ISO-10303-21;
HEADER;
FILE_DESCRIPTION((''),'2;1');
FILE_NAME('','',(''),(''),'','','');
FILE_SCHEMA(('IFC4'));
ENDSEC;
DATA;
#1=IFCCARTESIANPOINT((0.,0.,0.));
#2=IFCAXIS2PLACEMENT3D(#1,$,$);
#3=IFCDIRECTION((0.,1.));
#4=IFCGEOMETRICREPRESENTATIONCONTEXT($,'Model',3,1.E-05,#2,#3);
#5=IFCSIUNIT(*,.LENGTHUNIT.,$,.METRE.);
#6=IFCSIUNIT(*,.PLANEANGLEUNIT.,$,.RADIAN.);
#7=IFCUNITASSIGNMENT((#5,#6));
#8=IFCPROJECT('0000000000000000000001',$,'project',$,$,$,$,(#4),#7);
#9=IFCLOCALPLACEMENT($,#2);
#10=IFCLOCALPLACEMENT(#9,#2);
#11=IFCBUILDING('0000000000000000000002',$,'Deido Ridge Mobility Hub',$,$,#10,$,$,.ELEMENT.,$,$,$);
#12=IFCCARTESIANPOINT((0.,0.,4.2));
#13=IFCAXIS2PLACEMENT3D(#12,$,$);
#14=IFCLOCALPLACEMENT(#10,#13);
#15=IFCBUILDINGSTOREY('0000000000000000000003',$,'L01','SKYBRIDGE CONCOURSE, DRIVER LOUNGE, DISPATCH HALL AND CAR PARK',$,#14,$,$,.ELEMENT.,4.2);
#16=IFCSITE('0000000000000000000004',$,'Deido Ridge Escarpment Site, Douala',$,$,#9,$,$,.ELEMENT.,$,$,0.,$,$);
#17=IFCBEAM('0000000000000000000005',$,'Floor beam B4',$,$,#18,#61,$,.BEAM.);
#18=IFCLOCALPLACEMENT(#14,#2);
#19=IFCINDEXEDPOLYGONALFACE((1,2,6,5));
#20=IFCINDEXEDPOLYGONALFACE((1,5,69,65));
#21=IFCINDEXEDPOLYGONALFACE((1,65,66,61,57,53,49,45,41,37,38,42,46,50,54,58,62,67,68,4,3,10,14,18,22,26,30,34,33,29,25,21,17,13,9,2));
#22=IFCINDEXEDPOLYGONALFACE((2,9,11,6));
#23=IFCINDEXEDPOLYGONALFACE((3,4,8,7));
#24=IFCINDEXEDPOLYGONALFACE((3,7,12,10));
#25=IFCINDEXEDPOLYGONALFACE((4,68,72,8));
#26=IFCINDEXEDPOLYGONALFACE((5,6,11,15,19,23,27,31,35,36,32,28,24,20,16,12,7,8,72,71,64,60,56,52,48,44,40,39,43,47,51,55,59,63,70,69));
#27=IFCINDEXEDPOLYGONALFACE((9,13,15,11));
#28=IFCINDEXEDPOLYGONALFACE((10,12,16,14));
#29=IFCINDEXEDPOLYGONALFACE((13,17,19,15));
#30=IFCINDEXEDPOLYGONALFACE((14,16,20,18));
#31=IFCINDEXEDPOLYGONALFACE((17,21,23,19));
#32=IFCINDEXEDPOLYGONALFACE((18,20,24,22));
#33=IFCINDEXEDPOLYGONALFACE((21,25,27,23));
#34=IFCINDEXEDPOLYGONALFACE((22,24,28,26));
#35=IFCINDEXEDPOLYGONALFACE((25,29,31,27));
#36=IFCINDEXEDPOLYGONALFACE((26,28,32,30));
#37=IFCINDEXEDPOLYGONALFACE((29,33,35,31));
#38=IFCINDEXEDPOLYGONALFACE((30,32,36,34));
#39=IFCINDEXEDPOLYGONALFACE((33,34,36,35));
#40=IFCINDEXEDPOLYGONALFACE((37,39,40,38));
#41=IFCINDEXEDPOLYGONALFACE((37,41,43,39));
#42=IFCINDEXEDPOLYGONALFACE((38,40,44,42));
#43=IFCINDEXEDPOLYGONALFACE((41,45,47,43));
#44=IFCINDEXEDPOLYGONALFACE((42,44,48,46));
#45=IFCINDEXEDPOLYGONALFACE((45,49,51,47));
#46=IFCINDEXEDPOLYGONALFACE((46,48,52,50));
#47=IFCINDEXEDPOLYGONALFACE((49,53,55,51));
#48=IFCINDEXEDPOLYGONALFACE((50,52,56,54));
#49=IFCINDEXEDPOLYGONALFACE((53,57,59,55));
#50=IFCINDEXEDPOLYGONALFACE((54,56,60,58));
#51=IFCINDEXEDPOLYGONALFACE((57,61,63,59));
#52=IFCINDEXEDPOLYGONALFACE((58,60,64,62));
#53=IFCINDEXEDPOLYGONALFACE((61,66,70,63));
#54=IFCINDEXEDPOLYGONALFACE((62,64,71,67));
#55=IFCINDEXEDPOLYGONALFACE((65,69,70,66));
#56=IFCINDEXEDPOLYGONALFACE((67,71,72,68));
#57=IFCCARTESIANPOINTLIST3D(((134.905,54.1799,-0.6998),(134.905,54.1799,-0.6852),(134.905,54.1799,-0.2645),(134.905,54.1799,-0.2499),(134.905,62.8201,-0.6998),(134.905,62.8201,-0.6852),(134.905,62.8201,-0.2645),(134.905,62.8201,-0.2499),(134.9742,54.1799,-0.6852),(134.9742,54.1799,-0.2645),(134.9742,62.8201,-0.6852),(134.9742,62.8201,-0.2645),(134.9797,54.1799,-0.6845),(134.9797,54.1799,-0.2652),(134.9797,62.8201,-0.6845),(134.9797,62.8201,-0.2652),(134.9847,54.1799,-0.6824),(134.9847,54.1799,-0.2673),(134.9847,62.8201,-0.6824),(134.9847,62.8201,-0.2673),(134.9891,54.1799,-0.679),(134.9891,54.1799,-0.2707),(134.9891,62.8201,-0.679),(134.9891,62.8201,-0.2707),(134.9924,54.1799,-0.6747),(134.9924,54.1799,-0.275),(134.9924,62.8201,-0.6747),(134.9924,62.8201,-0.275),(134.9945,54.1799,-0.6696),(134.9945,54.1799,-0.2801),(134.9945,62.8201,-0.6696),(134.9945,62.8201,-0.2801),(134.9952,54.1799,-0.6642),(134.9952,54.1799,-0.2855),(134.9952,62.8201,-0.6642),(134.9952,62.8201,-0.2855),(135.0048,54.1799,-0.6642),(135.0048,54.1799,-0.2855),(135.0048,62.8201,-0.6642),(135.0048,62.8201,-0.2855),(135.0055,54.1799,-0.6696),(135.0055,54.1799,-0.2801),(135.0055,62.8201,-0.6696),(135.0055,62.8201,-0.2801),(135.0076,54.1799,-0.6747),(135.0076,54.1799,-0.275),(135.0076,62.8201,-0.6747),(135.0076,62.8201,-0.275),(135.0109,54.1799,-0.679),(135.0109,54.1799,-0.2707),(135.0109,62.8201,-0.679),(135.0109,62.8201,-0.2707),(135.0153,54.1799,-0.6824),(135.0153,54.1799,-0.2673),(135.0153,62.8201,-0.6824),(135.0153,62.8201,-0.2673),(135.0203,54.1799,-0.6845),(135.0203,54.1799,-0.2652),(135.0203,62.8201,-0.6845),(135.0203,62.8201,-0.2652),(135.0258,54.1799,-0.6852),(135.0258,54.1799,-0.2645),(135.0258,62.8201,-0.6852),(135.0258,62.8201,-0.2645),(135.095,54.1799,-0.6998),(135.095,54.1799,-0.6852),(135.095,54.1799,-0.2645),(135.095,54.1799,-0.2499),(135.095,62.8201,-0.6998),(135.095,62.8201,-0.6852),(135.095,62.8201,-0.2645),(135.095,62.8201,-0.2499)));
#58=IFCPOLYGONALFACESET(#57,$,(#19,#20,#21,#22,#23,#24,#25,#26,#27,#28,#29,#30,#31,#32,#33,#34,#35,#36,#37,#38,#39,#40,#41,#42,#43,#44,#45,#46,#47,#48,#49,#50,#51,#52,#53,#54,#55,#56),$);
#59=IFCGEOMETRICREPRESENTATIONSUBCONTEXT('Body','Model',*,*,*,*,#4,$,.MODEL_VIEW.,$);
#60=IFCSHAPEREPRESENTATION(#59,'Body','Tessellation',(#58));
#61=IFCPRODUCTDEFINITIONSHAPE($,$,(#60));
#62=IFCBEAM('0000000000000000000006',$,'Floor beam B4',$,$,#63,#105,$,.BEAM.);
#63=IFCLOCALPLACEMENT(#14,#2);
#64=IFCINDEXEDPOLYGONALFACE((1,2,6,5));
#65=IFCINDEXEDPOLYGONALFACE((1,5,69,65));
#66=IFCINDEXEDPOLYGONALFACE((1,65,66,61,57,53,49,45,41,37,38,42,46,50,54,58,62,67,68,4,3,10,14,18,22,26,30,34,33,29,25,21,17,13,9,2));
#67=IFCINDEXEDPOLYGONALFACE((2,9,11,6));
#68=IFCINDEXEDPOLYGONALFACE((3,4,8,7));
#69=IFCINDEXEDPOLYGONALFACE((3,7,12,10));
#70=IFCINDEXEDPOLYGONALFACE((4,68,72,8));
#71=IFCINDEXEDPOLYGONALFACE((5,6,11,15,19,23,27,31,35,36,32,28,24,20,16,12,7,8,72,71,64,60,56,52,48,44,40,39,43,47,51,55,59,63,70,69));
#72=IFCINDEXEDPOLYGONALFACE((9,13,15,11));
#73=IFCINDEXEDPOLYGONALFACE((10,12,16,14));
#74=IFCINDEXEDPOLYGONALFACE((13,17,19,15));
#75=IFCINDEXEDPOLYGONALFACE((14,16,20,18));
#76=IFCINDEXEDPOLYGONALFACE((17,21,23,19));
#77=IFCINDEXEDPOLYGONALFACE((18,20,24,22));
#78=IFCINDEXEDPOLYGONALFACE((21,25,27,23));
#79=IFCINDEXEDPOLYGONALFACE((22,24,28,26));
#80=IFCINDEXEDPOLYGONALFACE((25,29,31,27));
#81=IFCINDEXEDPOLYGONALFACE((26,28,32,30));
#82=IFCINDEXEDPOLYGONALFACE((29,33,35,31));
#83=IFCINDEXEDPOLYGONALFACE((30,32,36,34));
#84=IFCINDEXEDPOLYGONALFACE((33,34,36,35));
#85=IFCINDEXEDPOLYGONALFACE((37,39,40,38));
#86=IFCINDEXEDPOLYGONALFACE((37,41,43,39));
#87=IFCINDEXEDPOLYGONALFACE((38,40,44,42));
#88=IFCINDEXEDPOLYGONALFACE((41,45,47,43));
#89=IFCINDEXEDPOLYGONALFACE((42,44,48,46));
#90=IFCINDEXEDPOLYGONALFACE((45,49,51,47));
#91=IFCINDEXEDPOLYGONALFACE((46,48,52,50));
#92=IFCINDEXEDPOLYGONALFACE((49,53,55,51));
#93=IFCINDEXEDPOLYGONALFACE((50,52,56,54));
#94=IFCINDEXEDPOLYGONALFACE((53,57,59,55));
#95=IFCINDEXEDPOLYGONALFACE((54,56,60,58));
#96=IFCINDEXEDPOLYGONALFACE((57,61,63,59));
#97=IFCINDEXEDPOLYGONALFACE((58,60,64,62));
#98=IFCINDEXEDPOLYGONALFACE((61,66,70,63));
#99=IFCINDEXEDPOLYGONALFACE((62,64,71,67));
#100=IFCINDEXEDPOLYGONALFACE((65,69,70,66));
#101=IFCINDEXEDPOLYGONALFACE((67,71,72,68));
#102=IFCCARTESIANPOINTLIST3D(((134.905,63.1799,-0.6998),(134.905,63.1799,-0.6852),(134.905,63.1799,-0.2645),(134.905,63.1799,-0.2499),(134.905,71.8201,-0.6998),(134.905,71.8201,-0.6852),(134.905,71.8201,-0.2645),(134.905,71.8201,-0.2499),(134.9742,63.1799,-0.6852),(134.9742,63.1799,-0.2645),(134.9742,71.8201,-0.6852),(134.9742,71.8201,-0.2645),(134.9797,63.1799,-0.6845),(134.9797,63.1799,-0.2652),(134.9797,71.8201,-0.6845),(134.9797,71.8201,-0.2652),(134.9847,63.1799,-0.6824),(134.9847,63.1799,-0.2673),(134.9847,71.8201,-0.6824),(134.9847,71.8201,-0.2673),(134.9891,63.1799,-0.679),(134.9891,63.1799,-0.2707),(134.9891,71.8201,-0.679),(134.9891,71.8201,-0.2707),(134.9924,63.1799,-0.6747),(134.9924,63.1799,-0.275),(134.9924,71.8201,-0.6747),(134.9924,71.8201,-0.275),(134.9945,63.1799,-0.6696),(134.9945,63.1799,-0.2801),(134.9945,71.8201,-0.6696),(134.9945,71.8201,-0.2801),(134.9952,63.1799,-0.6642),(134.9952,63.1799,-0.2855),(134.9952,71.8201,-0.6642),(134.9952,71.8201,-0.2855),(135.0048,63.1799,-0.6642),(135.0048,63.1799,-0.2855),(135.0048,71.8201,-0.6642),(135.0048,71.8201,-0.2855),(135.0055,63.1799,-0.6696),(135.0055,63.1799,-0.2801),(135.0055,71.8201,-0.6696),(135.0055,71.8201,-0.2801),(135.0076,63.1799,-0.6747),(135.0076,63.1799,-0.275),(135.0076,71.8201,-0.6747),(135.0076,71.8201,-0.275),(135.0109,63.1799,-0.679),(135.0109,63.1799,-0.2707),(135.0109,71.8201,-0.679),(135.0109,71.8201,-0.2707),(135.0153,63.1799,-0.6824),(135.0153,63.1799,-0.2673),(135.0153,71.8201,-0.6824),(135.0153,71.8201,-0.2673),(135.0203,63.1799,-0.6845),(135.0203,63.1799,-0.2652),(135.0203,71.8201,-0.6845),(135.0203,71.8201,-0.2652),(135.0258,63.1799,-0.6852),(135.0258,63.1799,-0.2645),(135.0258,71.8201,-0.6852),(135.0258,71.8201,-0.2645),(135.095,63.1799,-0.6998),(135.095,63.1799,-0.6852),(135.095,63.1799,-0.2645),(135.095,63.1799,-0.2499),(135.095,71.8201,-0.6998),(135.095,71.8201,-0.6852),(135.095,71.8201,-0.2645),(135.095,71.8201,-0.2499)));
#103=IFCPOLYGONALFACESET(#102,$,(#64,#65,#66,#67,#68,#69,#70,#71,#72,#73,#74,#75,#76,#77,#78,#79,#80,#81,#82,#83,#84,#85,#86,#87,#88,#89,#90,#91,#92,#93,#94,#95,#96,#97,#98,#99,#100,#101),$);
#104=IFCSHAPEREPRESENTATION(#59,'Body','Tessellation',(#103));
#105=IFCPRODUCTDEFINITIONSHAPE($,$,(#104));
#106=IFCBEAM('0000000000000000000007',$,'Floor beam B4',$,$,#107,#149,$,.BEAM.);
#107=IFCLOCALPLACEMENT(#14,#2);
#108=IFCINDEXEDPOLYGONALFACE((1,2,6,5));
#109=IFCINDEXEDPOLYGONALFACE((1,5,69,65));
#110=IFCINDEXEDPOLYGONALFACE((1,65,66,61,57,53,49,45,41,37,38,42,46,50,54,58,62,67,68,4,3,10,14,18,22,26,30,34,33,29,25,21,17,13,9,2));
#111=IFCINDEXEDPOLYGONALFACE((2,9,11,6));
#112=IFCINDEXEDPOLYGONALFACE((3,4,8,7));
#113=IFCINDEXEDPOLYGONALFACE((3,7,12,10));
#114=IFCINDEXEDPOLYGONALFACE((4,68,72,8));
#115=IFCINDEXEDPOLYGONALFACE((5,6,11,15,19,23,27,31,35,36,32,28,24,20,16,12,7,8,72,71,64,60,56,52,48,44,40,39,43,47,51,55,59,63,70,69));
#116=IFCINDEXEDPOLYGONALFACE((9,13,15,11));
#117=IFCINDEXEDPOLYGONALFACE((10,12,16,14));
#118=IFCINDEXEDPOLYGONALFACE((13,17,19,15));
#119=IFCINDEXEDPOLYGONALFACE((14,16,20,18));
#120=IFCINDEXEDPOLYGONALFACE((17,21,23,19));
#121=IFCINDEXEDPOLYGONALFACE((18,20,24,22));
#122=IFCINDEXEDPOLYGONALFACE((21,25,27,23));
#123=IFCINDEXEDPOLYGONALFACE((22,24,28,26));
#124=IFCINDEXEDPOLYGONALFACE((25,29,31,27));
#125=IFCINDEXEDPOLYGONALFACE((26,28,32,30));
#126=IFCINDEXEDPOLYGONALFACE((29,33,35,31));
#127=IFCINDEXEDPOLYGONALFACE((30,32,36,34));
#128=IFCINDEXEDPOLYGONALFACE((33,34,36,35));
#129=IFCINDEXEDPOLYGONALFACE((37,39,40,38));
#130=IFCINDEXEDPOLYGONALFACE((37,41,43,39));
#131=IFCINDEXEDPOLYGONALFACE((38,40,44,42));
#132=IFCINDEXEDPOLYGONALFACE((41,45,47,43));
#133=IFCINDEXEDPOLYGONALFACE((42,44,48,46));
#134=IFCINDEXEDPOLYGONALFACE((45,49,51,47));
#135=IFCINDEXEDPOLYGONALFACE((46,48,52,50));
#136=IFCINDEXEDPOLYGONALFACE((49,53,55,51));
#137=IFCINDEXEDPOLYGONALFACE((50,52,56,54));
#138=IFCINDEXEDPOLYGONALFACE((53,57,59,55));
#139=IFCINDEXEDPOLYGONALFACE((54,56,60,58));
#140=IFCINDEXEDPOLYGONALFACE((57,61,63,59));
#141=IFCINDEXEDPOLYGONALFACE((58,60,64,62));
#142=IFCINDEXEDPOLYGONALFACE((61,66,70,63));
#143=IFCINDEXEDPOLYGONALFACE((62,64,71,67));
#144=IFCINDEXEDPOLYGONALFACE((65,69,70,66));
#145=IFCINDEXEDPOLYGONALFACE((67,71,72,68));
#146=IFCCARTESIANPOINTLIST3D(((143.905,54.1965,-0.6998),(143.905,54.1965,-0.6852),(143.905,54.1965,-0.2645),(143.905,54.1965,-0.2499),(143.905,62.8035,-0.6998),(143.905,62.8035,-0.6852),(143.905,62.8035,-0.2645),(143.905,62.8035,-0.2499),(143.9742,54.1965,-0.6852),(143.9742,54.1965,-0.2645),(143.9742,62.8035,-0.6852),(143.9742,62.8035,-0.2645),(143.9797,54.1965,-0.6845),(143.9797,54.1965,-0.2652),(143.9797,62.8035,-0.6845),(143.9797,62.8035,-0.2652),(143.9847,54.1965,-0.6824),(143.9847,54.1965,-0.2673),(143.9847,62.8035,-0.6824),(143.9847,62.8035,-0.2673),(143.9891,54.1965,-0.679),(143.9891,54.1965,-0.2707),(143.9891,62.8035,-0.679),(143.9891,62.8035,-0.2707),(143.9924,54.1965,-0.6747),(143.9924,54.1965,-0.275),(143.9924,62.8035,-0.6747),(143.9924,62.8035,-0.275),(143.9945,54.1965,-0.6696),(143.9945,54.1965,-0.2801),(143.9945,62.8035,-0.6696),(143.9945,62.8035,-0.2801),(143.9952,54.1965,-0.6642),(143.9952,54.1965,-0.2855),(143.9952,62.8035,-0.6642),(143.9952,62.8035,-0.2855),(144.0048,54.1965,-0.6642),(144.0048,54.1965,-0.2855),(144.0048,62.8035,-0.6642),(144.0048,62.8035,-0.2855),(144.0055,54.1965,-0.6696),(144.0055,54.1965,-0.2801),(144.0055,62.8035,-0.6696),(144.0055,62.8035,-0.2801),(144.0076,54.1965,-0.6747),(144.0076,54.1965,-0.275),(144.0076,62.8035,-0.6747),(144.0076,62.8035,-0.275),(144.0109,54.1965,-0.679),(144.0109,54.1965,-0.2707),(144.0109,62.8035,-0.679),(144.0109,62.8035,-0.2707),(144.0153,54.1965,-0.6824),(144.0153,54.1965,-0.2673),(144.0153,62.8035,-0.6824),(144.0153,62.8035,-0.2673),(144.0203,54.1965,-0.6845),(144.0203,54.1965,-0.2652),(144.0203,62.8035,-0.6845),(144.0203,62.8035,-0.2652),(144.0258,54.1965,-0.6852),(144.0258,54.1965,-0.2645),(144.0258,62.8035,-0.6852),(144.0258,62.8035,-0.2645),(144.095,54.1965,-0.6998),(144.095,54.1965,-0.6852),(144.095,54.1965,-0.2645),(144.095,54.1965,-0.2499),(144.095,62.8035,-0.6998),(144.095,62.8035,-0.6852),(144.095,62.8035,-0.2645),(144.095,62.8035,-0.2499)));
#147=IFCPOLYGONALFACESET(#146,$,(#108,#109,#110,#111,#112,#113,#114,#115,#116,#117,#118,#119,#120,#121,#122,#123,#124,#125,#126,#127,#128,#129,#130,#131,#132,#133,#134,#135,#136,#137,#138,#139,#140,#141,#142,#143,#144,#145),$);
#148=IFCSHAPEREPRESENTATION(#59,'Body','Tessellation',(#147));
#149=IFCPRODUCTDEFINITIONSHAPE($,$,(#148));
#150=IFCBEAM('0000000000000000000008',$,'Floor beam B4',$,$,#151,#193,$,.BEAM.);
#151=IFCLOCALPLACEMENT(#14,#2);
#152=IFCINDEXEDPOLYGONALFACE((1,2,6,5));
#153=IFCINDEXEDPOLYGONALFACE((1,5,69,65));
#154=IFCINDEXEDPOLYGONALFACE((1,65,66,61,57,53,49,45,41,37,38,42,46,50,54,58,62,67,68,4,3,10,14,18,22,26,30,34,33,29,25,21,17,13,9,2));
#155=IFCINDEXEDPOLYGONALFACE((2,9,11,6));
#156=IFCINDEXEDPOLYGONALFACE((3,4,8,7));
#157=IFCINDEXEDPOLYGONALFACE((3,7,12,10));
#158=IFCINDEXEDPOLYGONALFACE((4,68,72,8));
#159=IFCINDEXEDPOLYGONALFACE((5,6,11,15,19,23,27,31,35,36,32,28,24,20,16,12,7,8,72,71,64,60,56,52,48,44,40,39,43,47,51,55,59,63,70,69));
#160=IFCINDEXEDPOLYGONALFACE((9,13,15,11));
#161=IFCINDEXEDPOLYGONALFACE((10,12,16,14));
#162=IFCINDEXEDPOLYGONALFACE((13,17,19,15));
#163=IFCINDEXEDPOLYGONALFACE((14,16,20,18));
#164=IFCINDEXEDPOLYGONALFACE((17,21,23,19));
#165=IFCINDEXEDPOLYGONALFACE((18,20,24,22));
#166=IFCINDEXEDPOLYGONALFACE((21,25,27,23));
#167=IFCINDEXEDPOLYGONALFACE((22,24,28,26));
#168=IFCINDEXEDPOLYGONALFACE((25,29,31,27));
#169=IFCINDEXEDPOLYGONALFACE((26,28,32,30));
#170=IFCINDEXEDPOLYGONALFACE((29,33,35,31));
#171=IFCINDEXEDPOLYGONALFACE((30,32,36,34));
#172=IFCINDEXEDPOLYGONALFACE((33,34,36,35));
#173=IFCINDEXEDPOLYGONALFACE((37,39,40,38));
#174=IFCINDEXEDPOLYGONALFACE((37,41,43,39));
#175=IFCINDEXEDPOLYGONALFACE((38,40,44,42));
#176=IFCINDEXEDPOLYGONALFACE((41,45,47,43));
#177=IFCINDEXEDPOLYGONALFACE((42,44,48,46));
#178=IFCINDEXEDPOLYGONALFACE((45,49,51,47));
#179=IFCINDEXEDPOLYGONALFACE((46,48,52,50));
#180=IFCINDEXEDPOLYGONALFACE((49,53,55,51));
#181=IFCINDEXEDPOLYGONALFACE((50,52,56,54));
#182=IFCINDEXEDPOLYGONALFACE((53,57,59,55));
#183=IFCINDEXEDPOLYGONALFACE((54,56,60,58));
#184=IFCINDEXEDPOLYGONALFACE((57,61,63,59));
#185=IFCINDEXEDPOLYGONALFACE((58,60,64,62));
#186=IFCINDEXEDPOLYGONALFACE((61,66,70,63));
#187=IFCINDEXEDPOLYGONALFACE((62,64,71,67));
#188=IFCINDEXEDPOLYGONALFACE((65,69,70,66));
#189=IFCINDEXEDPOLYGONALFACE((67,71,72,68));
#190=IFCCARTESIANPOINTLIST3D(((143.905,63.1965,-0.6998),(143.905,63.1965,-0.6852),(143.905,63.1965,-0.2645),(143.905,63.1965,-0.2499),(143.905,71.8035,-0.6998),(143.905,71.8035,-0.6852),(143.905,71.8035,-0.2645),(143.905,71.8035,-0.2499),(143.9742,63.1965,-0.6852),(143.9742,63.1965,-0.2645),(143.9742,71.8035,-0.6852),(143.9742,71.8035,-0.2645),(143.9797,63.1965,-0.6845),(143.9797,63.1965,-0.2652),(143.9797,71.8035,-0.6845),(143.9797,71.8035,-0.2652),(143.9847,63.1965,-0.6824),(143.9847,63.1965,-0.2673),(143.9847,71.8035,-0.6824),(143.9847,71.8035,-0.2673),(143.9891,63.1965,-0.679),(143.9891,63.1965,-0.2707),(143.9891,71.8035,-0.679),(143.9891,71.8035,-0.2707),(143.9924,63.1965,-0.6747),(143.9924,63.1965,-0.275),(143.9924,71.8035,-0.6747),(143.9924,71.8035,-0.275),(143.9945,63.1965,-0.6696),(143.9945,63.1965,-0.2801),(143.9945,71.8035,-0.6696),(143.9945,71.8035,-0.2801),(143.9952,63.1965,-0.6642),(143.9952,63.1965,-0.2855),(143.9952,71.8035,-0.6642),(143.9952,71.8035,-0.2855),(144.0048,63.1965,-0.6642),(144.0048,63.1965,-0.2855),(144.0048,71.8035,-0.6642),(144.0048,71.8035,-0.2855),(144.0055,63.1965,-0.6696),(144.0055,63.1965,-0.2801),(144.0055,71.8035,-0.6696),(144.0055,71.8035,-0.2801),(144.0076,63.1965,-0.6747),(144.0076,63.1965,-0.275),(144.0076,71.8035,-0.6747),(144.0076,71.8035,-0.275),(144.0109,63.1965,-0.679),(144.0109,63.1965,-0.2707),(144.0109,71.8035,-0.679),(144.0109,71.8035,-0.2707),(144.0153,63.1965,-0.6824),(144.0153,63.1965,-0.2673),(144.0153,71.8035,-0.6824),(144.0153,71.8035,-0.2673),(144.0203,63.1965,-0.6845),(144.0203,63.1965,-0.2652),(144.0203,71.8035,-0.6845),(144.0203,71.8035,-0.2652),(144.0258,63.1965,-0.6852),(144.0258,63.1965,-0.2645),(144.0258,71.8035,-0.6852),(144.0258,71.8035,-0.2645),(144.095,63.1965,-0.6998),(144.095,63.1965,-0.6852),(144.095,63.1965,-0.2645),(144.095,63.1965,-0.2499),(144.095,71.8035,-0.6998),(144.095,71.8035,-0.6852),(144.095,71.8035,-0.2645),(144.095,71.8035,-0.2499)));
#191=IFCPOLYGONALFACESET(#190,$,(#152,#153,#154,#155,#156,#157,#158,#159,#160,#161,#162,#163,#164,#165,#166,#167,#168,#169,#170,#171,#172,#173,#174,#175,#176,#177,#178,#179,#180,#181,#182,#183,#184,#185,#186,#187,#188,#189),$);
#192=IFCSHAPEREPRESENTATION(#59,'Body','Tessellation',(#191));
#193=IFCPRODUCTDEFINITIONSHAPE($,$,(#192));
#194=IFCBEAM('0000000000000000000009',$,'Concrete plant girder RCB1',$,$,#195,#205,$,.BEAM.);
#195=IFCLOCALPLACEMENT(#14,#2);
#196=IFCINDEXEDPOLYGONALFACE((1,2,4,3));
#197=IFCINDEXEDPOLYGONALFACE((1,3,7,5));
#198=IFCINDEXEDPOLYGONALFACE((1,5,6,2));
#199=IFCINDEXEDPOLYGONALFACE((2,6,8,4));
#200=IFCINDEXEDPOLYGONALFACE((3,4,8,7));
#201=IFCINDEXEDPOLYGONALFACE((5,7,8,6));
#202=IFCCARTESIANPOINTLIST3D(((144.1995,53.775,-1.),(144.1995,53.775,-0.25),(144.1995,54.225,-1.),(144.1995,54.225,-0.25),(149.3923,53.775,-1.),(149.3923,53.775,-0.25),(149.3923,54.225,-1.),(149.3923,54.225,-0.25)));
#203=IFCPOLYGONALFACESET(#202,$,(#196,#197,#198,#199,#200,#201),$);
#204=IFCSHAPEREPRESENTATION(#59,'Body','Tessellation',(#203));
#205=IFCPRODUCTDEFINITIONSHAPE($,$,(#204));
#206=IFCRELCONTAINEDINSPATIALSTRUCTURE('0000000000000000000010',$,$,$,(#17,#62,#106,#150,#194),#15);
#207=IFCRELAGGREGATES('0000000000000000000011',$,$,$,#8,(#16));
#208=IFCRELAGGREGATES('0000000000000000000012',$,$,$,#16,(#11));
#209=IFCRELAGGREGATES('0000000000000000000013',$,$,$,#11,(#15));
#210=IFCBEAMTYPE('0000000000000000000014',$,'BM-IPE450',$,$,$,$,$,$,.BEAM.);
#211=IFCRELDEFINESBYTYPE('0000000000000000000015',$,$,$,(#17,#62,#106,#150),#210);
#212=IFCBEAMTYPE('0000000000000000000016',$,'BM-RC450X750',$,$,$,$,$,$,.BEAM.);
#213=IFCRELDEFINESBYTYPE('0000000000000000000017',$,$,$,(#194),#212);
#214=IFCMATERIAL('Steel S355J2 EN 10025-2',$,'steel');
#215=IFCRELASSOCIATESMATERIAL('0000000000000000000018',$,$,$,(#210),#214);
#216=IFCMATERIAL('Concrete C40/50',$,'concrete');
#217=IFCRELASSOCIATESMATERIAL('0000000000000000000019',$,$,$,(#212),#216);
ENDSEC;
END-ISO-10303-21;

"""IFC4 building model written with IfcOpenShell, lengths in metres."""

from ifc_helpers import new_model, si_unit, direction, frame, origin, origin_2d, place, context, subcontext, project, spatial, rectangle, i_section, extrude, material, material_profile, profile_set, type_object, element, save


model = new_model("IFC4")

# Units and contexts
model_context = context("Model", 3, precision=1e-05, world=origin(), true_north=direction((0.0, 1.0)))
body_context = subcontext(model_context, "Body", "Model", "MODEL_VIEW")
ifc_project = project(units=[si_unit("LENGTHUNIT", "METRE"), si_unit("PLANEANGLEUNIT", "RADIAN")], contexts=[model_context])

# Site, building, storey
site_placement = place(None, origin())
site = spatial("IfcSite", under=ifc_project, at=site_placement, Name="Deido Ridge Escarpment Site, Douala", CompositionType="ELEMENT", RefElevation=0.0)
building_placement = place(site_placement, origin())
building = spatial("IfcBuilding", under=site, at=building_placement, Name="Deido Ridge Mobility Hub", CompositionType="ELEMENT")
storey_placement = place(building_placement, frame((0.0, 0.0, 4.2)))
storey = spatial("IfcBuildingStorey", under=building, at=storey_placement, Name="L01", Description="SKYBRIDGE CONCOURSE, DRIVER LOUNGE, DISPATCH HALL AND CAR PARK", CompositionType="ELEMENT", Elevation=4.2)

# Shared definitions
ifc_material_1 = material(Name="Steel S355J2 EN 10025-2", Category="steel")

# Beams
ifc_material_profile_1 = material_profile(ifc_material_1, i_section(OverallWidth=0.1899, OverallDepth=0.45, WebThickness=0.0095, FlangeThickness=0.0146, FilletRadius=0.021, at=origin_2d()), Name="IPE 450")
ifc_profile_set_1 = profile_set([ifc_material_profile_1], Name="Steel S355J2 EN 10025-2")
beam_type_1 = type_object("IfcBeamType", Name="BM-IPE450", PredefinedType="BEAM", material=ifc_profile_set_1)
for number, where, z_axis, x_axis, name in (
    (1, (135.0, 54.1799, -0.4749), (0.0, 1.0, 0.0), (-1.0, 0.0, 0.0), "Floor beam B4"),
    (2, (135.0, 63.1799, -0.4749), (0.0, 1.0, 0.0), (-1.0, 0.0, 0.0), "Floor beam B4"),
):
    element("IfcBeam", number, at=place(storey_placement, frame(where, z_axis=z_axis, x_axis=x_axis)), inside=storey, type_object=beam_type_1, Name=name, PredefinedType="BEAM", context=body_context, shape_type="SweptSolid", body=[
        extrude(i_section(OverallWidth=0.1899, OverallDepth=0.45, WebThickness=0.0095, FlangeThickness=0.0146, FilletRadius=0.021, at=origin_2d()), origin(), (0.0, 0.0, 1.0), 8.6401),
    ])
for number, where, z_axis, x_axis, name in (
    (3, (144.0, 54.1965, -0.4749), (0.0, 1.0, 0.0), (-1.0, 0.0, 0.0), "Floor beam B4"),
    (4, (144.0, 63.1965, -0.4749), (0.0, 1.0, 0.0), (-1.0, 0.0, 0.0), "Floor beam B4"),
):
    element("IfcBeam", number, at=place(storey_placement, frame(where, z_axis=z_axis, x_axis=x_axis)), inside=storey, type_object=beam_type_1, Name=name, PredefinedType="BEAM", context=body_context, shape_type="SweptSolid", body=[
        extrude(i_section(OverallWidth=0.1899, OverallDepth=0.45, WebThickness=0.0095, FlangeThickness=0.0146, FilletRadius=0.021, at=origin_2d()), origin(), (0.0, 0.0, 1.0), 8.6069),
    ])
ifc_material_2 = material(Name="Concrete C40/50", Category="concrete")
ifc_material_profile_2 = material_profile(ifc_material_2, rectangle(XDim=0.45, YDim=0.75, at=origin_2d()), Name="RC BEAM 450x750")
ifc_profile_set_2 = profile_set([ifc_material_profile_2], Name="Concrete C40/50")
beam_type_2 = type_object("IfcBeamType", Name="BM-RC450X750", PredefinedType="BEAM", material=ifc_profile_set_2)
beam_1_placement = place(storey_placement, frame((144.1995, 54.0, -0.625), z_axis=(1.0, 0.0, 0.0), x_axis=(0.0, 1.0, 0.0)))
element("IfcBeam", 5, at=beam_1_placement, inside=storey, type_object=beam_type_2, Name="Concrete plant girder RCB1", PredefinedType="BEAM", context=body_context, shape_type="SweptSolid", body=[
    extrude(rectangle(XDim=0.45, YDim=0.75, at=origin_2d()), origin(), (0.0, 0.0, 1.0), 5.1929),
])

save(model, "model.ifc")
